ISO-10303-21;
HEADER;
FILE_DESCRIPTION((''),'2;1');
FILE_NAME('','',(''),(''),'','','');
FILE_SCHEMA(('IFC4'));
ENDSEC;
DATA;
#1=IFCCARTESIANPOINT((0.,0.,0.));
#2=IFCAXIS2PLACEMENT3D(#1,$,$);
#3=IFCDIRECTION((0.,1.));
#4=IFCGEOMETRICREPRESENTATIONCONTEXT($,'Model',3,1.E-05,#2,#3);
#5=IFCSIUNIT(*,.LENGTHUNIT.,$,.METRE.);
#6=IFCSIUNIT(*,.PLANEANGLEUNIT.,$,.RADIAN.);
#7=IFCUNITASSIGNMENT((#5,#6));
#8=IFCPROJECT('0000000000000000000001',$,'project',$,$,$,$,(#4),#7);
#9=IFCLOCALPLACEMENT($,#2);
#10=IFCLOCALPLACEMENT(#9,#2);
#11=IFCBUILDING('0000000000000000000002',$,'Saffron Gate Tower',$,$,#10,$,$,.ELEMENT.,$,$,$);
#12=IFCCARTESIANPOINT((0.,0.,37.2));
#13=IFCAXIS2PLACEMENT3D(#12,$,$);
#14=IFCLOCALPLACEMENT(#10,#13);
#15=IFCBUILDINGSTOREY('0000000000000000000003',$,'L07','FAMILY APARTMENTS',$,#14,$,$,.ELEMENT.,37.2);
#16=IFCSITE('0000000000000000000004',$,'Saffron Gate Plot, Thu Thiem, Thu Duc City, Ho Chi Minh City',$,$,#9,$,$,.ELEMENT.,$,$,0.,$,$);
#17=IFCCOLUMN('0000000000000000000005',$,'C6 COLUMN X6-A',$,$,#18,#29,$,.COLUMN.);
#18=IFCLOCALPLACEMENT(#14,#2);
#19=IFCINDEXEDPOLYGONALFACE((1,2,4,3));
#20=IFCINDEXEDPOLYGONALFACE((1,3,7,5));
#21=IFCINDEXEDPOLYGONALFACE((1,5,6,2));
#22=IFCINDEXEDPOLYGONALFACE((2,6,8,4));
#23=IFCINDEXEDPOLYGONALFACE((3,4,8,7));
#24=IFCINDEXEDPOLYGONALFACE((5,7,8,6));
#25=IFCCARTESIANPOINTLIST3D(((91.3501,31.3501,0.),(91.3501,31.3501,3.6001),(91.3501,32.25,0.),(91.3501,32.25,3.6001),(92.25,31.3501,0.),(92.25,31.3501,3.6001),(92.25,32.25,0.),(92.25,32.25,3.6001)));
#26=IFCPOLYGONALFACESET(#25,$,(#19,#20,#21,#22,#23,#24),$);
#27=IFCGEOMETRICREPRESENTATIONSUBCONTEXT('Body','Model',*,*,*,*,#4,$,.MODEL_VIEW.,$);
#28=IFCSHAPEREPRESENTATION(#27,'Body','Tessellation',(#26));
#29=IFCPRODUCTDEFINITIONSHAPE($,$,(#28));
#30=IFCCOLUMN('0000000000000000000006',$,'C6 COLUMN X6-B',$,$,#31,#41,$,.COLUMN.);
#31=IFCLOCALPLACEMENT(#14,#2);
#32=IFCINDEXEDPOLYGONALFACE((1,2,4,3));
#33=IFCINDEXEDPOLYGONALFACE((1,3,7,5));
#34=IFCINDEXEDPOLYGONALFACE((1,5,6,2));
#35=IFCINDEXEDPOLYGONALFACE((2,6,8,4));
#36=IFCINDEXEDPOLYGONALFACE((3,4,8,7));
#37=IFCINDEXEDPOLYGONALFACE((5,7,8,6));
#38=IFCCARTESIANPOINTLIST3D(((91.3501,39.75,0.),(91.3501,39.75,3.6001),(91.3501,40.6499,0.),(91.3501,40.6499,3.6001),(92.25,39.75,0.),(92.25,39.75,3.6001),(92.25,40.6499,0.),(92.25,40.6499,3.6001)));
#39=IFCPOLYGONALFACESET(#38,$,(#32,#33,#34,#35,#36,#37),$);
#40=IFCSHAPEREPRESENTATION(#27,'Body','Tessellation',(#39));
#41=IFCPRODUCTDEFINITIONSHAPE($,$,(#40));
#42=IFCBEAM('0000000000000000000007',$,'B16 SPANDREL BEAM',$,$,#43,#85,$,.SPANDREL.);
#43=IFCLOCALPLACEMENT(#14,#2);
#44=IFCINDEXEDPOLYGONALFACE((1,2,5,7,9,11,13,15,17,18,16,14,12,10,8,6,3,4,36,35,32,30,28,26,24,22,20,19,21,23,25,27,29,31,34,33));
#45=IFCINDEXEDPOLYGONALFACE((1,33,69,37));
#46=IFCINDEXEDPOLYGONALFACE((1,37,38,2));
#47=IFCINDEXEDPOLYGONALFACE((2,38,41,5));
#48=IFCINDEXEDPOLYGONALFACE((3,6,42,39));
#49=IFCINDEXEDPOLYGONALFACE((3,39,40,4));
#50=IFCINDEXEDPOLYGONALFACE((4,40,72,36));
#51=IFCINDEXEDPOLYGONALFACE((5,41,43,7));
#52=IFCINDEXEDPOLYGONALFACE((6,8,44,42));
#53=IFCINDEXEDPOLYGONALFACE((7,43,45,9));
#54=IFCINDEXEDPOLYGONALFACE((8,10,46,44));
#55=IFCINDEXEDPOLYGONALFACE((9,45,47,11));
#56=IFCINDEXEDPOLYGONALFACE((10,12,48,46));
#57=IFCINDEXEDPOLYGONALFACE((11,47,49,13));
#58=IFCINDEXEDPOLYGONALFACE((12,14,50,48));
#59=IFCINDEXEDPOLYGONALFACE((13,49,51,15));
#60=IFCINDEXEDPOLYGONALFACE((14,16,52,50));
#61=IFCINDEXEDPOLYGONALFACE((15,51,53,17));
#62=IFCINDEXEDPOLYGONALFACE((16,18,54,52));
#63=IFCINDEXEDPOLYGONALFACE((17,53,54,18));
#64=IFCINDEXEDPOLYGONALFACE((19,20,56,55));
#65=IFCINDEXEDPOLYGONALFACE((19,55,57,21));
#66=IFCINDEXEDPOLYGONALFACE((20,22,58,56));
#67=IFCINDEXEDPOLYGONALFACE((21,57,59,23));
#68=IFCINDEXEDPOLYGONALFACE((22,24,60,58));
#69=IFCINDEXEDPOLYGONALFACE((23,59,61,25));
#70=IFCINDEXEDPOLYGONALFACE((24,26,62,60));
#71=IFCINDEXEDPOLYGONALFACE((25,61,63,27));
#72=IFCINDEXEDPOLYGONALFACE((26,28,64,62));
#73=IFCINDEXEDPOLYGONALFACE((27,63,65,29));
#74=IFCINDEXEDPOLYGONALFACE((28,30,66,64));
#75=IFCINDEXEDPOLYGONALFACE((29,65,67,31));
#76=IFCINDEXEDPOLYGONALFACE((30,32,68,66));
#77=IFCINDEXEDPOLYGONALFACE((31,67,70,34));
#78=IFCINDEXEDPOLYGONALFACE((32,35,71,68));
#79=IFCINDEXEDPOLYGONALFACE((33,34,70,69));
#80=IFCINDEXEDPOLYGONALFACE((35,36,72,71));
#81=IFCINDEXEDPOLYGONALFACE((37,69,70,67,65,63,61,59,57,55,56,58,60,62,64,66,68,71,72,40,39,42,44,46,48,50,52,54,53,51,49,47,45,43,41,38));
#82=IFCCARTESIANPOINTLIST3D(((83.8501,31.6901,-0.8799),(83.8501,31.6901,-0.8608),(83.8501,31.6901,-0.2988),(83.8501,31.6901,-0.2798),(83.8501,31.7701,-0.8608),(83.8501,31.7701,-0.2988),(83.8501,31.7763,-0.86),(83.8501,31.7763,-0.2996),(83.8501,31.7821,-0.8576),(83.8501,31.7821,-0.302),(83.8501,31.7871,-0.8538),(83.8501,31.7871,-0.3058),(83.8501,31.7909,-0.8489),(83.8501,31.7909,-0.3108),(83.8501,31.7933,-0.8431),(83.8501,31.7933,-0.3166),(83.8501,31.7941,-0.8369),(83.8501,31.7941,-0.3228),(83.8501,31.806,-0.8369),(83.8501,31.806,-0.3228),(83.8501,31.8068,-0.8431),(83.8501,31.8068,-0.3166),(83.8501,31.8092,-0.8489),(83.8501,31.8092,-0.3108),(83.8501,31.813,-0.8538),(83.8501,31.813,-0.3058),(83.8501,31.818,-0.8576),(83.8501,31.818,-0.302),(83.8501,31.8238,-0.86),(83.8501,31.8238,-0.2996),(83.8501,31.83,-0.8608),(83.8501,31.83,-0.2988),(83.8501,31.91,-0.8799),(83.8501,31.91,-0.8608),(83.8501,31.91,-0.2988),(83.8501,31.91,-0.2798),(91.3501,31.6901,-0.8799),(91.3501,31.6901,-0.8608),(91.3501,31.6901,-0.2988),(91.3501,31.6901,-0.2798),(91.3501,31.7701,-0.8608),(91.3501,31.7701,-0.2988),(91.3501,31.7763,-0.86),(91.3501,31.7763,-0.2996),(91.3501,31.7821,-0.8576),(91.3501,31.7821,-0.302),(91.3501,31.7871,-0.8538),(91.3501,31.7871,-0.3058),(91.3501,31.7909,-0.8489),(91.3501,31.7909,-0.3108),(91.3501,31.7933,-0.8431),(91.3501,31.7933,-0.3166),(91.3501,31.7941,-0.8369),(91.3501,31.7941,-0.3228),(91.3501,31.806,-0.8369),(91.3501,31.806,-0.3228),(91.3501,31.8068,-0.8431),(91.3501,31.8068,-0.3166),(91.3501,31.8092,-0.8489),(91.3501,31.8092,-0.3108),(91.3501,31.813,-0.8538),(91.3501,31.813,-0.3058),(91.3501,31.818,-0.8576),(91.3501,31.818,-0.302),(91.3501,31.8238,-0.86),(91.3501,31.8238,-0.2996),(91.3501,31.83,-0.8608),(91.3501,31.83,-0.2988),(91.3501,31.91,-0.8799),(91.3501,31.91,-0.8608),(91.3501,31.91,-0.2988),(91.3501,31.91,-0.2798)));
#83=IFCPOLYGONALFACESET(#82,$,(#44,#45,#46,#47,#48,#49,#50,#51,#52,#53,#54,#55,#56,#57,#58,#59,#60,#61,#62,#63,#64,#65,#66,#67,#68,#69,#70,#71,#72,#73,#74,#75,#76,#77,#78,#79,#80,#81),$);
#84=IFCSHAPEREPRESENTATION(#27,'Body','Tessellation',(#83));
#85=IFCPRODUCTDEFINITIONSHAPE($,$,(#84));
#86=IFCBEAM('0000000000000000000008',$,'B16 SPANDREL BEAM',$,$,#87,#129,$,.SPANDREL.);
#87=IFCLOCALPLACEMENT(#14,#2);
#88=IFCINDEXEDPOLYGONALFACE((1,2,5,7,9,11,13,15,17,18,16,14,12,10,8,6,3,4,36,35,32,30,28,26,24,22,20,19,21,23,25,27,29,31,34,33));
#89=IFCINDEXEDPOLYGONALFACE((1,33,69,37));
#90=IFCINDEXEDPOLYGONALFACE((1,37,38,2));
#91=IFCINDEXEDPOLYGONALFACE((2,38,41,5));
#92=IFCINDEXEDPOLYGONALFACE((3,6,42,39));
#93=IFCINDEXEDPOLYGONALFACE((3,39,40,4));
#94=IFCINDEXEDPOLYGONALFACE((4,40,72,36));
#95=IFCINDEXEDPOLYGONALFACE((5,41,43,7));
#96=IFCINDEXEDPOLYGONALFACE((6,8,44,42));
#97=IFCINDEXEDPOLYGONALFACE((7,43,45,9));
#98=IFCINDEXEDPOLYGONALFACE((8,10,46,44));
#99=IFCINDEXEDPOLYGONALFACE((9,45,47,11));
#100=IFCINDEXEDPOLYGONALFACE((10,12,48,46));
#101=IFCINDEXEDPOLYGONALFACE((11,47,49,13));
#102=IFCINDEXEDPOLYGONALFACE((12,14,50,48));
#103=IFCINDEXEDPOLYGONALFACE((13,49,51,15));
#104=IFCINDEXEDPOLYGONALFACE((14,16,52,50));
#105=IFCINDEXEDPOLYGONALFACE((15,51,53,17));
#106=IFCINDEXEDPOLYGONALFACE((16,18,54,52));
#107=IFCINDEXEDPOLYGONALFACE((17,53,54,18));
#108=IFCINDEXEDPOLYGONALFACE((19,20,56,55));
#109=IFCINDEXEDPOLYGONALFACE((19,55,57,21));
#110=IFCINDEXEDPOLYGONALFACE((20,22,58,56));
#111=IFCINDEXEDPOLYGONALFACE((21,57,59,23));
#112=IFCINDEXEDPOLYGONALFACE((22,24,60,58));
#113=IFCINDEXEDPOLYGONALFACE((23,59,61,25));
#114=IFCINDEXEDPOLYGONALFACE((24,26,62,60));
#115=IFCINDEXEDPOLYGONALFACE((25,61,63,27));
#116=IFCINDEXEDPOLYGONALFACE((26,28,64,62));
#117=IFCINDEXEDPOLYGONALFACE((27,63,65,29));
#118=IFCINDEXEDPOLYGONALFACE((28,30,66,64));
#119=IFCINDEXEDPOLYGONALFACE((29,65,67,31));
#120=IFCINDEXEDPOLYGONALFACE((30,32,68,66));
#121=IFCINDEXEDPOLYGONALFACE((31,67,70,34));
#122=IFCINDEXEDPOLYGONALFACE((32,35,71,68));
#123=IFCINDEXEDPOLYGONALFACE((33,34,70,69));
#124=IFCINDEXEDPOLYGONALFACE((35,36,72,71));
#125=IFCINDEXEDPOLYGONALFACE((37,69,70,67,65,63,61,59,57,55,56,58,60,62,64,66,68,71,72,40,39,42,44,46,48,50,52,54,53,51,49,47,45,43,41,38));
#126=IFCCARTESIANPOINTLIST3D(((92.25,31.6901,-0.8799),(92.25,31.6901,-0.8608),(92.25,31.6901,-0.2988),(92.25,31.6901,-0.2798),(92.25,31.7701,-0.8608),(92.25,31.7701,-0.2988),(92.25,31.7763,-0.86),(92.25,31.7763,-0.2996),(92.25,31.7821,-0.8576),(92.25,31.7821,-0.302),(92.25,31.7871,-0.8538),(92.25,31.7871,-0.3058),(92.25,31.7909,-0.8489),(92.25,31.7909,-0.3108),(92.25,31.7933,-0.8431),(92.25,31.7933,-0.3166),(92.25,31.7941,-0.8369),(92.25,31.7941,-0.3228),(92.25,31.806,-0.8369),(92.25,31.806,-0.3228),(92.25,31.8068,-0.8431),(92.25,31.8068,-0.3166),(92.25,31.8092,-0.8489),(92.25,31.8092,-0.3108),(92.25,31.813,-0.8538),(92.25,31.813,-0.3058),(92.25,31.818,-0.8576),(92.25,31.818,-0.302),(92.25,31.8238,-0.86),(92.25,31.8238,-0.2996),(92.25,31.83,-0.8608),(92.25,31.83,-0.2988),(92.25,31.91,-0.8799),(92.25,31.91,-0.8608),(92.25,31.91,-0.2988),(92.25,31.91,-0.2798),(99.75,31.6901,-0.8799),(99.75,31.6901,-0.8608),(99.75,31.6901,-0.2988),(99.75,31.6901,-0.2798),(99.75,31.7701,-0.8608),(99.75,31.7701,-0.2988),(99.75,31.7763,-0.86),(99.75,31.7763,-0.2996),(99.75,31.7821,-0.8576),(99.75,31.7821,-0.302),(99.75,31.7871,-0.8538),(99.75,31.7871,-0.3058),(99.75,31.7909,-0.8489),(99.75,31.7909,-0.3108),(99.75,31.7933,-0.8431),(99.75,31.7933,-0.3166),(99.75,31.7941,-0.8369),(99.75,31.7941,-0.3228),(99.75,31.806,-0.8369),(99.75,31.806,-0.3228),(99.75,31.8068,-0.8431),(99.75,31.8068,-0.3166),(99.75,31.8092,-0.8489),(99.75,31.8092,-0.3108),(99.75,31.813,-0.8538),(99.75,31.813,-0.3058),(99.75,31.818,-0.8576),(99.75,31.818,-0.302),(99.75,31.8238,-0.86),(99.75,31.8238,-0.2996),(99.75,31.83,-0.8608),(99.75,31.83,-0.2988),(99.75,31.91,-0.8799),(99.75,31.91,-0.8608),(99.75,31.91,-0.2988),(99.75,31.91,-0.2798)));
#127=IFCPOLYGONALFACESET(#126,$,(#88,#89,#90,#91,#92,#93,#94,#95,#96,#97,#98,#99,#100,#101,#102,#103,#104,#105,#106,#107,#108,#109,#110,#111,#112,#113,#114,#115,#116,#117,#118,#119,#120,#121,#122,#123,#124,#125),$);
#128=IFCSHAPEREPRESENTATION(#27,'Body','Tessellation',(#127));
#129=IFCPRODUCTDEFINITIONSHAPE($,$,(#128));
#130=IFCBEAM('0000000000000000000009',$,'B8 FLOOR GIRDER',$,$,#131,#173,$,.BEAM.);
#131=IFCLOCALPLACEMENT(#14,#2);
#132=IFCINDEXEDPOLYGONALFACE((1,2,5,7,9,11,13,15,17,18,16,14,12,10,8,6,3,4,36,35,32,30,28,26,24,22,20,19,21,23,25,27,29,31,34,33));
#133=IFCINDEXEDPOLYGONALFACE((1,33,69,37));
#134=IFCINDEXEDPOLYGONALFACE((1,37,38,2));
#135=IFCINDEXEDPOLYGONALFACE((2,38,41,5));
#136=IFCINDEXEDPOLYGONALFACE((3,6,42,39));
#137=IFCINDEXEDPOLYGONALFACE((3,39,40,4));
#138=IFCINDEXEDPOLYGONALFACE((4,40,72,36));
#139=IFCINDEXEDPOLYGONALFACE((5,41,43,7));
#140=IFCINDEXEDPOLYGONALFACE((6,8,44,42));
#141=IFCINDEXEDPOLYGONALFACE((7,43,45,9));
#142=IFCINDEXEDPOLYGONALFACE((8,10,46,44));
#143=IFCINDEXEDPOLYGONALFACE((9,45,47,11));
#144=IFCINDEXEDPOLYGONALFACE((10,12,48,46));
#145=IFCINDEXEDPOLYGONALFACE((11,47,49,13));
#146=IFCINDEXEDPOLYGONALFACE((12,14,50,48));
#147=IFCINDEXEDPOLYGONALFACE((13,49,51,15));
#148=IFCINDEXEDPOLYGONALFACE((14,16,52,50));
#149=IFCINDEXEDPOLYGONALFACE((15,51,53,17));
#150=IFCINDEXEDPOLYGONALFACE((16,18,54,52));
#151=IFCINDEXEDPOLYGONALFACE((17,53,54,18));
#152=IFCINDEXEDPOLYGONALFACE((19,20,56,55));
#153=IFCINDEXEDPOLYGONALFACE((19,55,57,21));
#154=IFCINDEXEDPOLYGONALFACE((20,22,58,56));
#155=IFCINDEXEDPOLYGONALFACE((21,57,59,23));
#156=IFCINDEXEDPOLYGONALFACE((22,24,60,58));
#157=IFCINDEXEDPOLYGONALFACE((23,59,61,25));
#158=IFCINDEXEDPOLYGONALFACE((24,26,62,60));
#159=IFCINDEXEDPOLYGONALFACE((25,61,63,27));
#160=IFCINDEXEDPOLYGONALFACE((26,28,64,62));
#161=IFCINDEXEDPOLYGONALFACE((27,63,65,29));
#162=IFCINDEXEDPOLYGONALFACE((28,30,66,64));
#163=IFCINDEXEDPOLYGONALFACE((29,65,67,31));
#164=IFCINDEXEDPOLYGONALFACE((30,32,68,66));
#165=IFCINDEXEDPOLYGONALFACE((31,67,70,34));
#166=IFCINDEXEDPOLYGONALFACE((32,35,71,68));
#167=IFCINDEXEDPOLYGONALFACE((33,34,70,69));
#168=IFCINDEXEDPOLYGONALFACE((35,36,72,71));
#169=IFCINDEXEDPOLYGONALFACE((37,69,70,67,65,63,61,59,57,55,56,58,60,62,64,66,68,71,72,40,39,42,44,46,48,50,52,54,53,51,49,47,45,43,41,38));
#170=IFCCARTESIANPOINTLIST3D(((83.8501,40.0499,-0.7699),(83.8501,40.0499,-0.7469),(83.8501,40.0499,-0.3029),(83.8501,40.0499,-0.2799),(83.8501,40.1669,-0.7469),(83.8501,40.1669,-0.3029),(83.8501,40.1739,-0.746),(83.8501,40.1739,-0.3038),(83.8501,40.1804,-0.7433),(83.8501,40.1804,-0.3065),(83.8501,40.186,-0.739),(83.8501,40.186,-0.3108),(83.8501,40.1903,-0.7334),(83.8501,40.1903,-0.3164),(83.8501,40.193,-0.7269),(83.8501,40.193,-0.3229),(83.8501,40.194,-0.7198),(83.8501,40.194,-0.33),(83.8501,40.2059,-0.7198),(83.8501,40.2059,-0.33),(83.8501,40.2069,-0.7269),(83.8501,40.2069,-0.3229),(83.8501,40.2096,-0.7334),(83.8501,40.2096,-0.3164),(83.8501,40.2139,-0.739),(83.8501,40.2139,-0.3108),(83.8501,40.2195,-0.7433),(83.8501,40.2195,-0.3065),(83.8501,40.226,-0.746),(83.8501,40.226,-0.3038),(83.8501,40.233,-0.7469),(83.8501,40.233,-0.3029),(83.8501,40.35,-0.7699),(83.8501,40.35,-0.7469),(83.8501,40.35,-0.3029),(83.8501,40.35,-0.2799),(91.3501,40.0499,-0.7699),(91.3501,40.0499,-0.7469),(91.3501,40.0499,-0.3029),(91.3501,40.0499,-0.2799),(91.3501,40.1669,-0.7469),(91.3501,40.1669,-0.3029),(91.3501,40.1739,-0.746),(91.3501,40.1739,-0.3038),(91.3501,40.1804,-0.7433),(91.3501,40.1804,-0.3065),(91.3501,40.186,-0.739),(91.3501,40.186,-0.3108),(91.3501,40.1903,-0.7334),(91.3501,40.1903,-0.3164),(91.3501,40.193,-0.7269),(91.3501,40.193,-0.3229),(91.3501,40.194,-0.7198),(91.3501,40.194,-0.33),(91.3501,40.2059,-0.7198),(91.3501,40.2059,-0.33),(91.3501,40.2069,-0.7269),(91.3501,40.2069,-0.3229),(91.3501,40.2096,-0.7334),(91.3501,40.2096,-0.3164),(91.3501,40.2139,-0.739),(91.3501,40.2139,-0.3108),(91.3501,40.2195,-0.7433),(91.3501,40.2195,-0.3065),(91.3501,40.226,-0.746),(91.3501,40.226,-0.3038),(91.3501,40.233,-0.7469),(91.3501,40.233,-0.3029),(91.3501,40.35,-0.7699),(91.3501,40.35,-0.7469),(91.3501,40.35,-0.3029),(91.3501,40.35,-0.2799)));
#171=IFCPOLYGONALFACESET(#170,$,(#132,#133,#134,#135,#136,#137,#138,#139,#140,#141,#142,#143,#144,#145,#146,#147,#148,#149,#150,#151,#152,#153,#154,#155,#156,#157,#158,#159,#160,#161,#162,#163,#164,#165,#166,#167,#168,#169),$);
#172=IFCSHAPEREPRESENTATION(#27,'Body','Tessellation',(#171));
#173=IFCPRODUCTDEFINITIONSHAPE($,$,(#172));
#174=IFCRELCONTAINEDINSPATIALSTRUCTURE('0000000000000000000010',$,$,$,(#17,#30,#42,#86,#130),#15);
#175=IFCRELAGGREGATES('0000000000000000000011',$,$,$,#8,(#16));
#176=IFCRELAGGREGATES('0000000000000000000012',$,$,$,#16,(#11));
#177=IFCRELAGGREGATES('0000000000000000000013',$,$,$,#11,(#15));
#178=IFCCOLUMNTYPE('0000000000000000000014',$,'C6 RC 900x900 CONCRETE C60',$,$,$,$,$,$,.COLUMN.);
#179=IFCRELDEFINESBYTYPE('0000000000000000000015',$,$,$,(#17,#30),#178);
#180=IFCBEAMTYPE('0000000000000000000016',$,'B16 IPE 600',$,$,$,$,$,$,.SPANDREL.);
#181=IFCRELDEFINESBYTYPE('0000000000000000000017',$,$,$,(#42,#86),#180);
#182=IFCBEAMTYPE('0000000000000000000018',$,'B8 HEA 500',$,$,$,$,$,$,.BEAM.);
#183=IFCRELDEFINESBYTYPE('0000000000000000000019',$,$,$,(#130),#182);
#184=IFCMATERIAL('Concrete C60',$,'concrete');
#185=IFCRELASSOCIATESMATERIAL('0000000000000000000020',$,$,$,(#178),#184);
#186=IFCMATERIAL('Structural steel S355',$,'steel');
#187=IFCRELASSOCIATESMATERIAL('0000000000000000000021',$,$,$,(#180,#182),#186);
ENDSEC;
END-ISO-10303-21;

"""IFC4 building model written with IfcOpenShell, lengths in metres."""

from ifc_helpers import new_model, si_unit, direction, frame, origin, origin_2d, place, context, subcontext, project, spatial, rectangle, i_section, extrude, material, material_profile, profile_set, type_object, element, save


model = new_model("IFC4")

# Units and contexts
model_context = context("Model", 3, precision=1e-05, world=origin(), true_north=direction((0.0, 1.0)))
body_context = subcontext(model_context, "Body", "Model", "MODEL_VIEW")
ifc_project = project(units=[si_unit("LENGTHUNIT", "METRE"), si_unit("PLANEANGLEUNIT", "RADIAN")], contexts=[model_context])

# Site, building, storey
site_placement = place(None, origin())
site = spatial("IfcSite", under=ifc_project, at=site_placement, Name="Saffron Gate Plot, Thu Thiem, Thu Duc City, Ho Chi Minh City", CompositionType="ELEMENT", RefElevation=0.0)
building_placement = place(site_placement, origin())
building = spatial("IfcBuilding", under=site, at=building_placement, Name="Saffron Gate Tower", CompositionType="ELEMENT")
storey_placement = place(building_placement, frame((0.0, 0.0, 37.2)))
storey = spatial("IfcBuildingStorey", under=building, at=storey_placement, Name="L07", Description="FAMILY APARTMENTS", CompositionType="ELEMENT", Elevation=37.2)

# Columns
ifc_material_1 = material(Name="Concrete C60", Category="concrete")
ifc_material_profile_1 = material_profile(ifc_material_1, rectangle(XDim=0.8999, YDim=0.8999, at=origin_2d()))
ifc_profile_set_1 = profile_set([ifc_material_profile_1], Name="Concrete C60")
column_type = type_object("IfcColumnType", Name="C6 RC 900x900 CONCRETE C60", PredefinedType="COLUMN", material=ifc_profile_set_1)
for number, where, z_axis, x_axis, name in (
    (1, (91.8, 31.8, 0.0), (0.0, 0.0, 1.0), (1.0, 0.0, 0.0), "C6 COLUMN X6-A"),
    (2, (91.8, 40.2, 0.0), (0.0, 0.0, 1.0), (1.0, 0.0, 0.0), "C6 COLUMN X6-B"),
):
    element("IfcColumn", number, at=place(storey_placement, frame(where, z_axis=z_axis, x_axis=x_axis)), inside=storey, type_object=column_type, Name=name, PredefinedType="COLUMN", context=body_context, shape_type="SweptSolid", body=[
        extrude(rectangle(XDim=0.8999, YDim=0.8999, at=origin_2d()), origin(), (0.0, 0.0, 1.0), 3.6001),
    ])

# Beams
ifc_material_2 = material(Name="Structural steel S355", Category="steel")
ifc_material_profile_2 = material_profile(ifc_material_2, i_section(OverallWidth=0.22, OverallDepth=0.6001, WebThickness=0.012, FlangeThickness=0.019, FilletRadius=0.0239, at=origin_2d()))
ifc_profile_set_2 = profile_set([ifc_material_profile_2], Name="Structural steel S355")
beam_type_1 = type_object("IfcBeamType", Name="B16 IPE 600", PredefinedType="SPANDREL", material=ifc_profile_set_2)
for number, where, z_axis, x_axis, name in (
    (3, (83.8501, 31.8, -0.5798), (1.0, 0.0, 0.0), (0.0, 1.0, 0.0), "B16 SPANDREL BEAM"),
    (4, (92.25, 31.8, -0.5798), (1.0, 0.0, 0.0), (0.0, 1.0, 0.0), "B16 SPANDREL BEAM"),
):
    element("IfcBeam", number, at=place(storey_placement, frame(where, z_axis=z_axis, x_axis=x_axis)), inside=storey, type_object=beam_type_1, Name=name, PredefinedType="SPANDREL", context=body_context, shape_type="SweptSolid", body=[
        extrude(i_section(OverallWidth=0.22, OverallDepth=0.6001, WebThickness=0.012, FlangeThickness=0.019, FilletRadius=0.0239, at=origin_2d()), origin(), (0.0, 0.0, 1.0), 7.5),
    ])
ifc_material_profile_3 = material_profile(ifc_material_2, i_section(OverallWidth=0.3, OverallDepth=0.49, WebThickness=0.012, FlangeThickness=0.0229, FilletRadius=0.0271, at=origin_2d()))
ifc_profile_set_3 = profile_set([ifc_material_profile_3], Name="Structural steel S355")
beam_type_2 = type_object("IfcBeamType", Name="B8 HEA 500", PredefinedType="BEAM", material=ifc_profile_set_3)
for number, where, z_axis, x_axis, name in (
    (5, (83.8501, 40.2, -0.5249), (1.0, 0.0, 0.0), (0.0, 1.0, 0.0), "B8 FLOOR GIRDER"),
):
    element("IfcBeam", number, at=place(storey_placement, frame(where, z_axis=z_axis, x_axis=x_axis)), inside=storey, type_object=beam_type_2, Name=name, PredefinedType="BEAM", context=body_context, shape_type="SweptSolid", body=[
        extrude(i_section(OverallWidth=0.3, OverallDepth=0.49, WebThickness=0.012, FlangeThickness=0.0229, FilletRadius=0.0271, at=origin_2d()), origin(), (0.0, 0.0, 1.0), 7.5),
    ])

save(model, "model.ifc")
